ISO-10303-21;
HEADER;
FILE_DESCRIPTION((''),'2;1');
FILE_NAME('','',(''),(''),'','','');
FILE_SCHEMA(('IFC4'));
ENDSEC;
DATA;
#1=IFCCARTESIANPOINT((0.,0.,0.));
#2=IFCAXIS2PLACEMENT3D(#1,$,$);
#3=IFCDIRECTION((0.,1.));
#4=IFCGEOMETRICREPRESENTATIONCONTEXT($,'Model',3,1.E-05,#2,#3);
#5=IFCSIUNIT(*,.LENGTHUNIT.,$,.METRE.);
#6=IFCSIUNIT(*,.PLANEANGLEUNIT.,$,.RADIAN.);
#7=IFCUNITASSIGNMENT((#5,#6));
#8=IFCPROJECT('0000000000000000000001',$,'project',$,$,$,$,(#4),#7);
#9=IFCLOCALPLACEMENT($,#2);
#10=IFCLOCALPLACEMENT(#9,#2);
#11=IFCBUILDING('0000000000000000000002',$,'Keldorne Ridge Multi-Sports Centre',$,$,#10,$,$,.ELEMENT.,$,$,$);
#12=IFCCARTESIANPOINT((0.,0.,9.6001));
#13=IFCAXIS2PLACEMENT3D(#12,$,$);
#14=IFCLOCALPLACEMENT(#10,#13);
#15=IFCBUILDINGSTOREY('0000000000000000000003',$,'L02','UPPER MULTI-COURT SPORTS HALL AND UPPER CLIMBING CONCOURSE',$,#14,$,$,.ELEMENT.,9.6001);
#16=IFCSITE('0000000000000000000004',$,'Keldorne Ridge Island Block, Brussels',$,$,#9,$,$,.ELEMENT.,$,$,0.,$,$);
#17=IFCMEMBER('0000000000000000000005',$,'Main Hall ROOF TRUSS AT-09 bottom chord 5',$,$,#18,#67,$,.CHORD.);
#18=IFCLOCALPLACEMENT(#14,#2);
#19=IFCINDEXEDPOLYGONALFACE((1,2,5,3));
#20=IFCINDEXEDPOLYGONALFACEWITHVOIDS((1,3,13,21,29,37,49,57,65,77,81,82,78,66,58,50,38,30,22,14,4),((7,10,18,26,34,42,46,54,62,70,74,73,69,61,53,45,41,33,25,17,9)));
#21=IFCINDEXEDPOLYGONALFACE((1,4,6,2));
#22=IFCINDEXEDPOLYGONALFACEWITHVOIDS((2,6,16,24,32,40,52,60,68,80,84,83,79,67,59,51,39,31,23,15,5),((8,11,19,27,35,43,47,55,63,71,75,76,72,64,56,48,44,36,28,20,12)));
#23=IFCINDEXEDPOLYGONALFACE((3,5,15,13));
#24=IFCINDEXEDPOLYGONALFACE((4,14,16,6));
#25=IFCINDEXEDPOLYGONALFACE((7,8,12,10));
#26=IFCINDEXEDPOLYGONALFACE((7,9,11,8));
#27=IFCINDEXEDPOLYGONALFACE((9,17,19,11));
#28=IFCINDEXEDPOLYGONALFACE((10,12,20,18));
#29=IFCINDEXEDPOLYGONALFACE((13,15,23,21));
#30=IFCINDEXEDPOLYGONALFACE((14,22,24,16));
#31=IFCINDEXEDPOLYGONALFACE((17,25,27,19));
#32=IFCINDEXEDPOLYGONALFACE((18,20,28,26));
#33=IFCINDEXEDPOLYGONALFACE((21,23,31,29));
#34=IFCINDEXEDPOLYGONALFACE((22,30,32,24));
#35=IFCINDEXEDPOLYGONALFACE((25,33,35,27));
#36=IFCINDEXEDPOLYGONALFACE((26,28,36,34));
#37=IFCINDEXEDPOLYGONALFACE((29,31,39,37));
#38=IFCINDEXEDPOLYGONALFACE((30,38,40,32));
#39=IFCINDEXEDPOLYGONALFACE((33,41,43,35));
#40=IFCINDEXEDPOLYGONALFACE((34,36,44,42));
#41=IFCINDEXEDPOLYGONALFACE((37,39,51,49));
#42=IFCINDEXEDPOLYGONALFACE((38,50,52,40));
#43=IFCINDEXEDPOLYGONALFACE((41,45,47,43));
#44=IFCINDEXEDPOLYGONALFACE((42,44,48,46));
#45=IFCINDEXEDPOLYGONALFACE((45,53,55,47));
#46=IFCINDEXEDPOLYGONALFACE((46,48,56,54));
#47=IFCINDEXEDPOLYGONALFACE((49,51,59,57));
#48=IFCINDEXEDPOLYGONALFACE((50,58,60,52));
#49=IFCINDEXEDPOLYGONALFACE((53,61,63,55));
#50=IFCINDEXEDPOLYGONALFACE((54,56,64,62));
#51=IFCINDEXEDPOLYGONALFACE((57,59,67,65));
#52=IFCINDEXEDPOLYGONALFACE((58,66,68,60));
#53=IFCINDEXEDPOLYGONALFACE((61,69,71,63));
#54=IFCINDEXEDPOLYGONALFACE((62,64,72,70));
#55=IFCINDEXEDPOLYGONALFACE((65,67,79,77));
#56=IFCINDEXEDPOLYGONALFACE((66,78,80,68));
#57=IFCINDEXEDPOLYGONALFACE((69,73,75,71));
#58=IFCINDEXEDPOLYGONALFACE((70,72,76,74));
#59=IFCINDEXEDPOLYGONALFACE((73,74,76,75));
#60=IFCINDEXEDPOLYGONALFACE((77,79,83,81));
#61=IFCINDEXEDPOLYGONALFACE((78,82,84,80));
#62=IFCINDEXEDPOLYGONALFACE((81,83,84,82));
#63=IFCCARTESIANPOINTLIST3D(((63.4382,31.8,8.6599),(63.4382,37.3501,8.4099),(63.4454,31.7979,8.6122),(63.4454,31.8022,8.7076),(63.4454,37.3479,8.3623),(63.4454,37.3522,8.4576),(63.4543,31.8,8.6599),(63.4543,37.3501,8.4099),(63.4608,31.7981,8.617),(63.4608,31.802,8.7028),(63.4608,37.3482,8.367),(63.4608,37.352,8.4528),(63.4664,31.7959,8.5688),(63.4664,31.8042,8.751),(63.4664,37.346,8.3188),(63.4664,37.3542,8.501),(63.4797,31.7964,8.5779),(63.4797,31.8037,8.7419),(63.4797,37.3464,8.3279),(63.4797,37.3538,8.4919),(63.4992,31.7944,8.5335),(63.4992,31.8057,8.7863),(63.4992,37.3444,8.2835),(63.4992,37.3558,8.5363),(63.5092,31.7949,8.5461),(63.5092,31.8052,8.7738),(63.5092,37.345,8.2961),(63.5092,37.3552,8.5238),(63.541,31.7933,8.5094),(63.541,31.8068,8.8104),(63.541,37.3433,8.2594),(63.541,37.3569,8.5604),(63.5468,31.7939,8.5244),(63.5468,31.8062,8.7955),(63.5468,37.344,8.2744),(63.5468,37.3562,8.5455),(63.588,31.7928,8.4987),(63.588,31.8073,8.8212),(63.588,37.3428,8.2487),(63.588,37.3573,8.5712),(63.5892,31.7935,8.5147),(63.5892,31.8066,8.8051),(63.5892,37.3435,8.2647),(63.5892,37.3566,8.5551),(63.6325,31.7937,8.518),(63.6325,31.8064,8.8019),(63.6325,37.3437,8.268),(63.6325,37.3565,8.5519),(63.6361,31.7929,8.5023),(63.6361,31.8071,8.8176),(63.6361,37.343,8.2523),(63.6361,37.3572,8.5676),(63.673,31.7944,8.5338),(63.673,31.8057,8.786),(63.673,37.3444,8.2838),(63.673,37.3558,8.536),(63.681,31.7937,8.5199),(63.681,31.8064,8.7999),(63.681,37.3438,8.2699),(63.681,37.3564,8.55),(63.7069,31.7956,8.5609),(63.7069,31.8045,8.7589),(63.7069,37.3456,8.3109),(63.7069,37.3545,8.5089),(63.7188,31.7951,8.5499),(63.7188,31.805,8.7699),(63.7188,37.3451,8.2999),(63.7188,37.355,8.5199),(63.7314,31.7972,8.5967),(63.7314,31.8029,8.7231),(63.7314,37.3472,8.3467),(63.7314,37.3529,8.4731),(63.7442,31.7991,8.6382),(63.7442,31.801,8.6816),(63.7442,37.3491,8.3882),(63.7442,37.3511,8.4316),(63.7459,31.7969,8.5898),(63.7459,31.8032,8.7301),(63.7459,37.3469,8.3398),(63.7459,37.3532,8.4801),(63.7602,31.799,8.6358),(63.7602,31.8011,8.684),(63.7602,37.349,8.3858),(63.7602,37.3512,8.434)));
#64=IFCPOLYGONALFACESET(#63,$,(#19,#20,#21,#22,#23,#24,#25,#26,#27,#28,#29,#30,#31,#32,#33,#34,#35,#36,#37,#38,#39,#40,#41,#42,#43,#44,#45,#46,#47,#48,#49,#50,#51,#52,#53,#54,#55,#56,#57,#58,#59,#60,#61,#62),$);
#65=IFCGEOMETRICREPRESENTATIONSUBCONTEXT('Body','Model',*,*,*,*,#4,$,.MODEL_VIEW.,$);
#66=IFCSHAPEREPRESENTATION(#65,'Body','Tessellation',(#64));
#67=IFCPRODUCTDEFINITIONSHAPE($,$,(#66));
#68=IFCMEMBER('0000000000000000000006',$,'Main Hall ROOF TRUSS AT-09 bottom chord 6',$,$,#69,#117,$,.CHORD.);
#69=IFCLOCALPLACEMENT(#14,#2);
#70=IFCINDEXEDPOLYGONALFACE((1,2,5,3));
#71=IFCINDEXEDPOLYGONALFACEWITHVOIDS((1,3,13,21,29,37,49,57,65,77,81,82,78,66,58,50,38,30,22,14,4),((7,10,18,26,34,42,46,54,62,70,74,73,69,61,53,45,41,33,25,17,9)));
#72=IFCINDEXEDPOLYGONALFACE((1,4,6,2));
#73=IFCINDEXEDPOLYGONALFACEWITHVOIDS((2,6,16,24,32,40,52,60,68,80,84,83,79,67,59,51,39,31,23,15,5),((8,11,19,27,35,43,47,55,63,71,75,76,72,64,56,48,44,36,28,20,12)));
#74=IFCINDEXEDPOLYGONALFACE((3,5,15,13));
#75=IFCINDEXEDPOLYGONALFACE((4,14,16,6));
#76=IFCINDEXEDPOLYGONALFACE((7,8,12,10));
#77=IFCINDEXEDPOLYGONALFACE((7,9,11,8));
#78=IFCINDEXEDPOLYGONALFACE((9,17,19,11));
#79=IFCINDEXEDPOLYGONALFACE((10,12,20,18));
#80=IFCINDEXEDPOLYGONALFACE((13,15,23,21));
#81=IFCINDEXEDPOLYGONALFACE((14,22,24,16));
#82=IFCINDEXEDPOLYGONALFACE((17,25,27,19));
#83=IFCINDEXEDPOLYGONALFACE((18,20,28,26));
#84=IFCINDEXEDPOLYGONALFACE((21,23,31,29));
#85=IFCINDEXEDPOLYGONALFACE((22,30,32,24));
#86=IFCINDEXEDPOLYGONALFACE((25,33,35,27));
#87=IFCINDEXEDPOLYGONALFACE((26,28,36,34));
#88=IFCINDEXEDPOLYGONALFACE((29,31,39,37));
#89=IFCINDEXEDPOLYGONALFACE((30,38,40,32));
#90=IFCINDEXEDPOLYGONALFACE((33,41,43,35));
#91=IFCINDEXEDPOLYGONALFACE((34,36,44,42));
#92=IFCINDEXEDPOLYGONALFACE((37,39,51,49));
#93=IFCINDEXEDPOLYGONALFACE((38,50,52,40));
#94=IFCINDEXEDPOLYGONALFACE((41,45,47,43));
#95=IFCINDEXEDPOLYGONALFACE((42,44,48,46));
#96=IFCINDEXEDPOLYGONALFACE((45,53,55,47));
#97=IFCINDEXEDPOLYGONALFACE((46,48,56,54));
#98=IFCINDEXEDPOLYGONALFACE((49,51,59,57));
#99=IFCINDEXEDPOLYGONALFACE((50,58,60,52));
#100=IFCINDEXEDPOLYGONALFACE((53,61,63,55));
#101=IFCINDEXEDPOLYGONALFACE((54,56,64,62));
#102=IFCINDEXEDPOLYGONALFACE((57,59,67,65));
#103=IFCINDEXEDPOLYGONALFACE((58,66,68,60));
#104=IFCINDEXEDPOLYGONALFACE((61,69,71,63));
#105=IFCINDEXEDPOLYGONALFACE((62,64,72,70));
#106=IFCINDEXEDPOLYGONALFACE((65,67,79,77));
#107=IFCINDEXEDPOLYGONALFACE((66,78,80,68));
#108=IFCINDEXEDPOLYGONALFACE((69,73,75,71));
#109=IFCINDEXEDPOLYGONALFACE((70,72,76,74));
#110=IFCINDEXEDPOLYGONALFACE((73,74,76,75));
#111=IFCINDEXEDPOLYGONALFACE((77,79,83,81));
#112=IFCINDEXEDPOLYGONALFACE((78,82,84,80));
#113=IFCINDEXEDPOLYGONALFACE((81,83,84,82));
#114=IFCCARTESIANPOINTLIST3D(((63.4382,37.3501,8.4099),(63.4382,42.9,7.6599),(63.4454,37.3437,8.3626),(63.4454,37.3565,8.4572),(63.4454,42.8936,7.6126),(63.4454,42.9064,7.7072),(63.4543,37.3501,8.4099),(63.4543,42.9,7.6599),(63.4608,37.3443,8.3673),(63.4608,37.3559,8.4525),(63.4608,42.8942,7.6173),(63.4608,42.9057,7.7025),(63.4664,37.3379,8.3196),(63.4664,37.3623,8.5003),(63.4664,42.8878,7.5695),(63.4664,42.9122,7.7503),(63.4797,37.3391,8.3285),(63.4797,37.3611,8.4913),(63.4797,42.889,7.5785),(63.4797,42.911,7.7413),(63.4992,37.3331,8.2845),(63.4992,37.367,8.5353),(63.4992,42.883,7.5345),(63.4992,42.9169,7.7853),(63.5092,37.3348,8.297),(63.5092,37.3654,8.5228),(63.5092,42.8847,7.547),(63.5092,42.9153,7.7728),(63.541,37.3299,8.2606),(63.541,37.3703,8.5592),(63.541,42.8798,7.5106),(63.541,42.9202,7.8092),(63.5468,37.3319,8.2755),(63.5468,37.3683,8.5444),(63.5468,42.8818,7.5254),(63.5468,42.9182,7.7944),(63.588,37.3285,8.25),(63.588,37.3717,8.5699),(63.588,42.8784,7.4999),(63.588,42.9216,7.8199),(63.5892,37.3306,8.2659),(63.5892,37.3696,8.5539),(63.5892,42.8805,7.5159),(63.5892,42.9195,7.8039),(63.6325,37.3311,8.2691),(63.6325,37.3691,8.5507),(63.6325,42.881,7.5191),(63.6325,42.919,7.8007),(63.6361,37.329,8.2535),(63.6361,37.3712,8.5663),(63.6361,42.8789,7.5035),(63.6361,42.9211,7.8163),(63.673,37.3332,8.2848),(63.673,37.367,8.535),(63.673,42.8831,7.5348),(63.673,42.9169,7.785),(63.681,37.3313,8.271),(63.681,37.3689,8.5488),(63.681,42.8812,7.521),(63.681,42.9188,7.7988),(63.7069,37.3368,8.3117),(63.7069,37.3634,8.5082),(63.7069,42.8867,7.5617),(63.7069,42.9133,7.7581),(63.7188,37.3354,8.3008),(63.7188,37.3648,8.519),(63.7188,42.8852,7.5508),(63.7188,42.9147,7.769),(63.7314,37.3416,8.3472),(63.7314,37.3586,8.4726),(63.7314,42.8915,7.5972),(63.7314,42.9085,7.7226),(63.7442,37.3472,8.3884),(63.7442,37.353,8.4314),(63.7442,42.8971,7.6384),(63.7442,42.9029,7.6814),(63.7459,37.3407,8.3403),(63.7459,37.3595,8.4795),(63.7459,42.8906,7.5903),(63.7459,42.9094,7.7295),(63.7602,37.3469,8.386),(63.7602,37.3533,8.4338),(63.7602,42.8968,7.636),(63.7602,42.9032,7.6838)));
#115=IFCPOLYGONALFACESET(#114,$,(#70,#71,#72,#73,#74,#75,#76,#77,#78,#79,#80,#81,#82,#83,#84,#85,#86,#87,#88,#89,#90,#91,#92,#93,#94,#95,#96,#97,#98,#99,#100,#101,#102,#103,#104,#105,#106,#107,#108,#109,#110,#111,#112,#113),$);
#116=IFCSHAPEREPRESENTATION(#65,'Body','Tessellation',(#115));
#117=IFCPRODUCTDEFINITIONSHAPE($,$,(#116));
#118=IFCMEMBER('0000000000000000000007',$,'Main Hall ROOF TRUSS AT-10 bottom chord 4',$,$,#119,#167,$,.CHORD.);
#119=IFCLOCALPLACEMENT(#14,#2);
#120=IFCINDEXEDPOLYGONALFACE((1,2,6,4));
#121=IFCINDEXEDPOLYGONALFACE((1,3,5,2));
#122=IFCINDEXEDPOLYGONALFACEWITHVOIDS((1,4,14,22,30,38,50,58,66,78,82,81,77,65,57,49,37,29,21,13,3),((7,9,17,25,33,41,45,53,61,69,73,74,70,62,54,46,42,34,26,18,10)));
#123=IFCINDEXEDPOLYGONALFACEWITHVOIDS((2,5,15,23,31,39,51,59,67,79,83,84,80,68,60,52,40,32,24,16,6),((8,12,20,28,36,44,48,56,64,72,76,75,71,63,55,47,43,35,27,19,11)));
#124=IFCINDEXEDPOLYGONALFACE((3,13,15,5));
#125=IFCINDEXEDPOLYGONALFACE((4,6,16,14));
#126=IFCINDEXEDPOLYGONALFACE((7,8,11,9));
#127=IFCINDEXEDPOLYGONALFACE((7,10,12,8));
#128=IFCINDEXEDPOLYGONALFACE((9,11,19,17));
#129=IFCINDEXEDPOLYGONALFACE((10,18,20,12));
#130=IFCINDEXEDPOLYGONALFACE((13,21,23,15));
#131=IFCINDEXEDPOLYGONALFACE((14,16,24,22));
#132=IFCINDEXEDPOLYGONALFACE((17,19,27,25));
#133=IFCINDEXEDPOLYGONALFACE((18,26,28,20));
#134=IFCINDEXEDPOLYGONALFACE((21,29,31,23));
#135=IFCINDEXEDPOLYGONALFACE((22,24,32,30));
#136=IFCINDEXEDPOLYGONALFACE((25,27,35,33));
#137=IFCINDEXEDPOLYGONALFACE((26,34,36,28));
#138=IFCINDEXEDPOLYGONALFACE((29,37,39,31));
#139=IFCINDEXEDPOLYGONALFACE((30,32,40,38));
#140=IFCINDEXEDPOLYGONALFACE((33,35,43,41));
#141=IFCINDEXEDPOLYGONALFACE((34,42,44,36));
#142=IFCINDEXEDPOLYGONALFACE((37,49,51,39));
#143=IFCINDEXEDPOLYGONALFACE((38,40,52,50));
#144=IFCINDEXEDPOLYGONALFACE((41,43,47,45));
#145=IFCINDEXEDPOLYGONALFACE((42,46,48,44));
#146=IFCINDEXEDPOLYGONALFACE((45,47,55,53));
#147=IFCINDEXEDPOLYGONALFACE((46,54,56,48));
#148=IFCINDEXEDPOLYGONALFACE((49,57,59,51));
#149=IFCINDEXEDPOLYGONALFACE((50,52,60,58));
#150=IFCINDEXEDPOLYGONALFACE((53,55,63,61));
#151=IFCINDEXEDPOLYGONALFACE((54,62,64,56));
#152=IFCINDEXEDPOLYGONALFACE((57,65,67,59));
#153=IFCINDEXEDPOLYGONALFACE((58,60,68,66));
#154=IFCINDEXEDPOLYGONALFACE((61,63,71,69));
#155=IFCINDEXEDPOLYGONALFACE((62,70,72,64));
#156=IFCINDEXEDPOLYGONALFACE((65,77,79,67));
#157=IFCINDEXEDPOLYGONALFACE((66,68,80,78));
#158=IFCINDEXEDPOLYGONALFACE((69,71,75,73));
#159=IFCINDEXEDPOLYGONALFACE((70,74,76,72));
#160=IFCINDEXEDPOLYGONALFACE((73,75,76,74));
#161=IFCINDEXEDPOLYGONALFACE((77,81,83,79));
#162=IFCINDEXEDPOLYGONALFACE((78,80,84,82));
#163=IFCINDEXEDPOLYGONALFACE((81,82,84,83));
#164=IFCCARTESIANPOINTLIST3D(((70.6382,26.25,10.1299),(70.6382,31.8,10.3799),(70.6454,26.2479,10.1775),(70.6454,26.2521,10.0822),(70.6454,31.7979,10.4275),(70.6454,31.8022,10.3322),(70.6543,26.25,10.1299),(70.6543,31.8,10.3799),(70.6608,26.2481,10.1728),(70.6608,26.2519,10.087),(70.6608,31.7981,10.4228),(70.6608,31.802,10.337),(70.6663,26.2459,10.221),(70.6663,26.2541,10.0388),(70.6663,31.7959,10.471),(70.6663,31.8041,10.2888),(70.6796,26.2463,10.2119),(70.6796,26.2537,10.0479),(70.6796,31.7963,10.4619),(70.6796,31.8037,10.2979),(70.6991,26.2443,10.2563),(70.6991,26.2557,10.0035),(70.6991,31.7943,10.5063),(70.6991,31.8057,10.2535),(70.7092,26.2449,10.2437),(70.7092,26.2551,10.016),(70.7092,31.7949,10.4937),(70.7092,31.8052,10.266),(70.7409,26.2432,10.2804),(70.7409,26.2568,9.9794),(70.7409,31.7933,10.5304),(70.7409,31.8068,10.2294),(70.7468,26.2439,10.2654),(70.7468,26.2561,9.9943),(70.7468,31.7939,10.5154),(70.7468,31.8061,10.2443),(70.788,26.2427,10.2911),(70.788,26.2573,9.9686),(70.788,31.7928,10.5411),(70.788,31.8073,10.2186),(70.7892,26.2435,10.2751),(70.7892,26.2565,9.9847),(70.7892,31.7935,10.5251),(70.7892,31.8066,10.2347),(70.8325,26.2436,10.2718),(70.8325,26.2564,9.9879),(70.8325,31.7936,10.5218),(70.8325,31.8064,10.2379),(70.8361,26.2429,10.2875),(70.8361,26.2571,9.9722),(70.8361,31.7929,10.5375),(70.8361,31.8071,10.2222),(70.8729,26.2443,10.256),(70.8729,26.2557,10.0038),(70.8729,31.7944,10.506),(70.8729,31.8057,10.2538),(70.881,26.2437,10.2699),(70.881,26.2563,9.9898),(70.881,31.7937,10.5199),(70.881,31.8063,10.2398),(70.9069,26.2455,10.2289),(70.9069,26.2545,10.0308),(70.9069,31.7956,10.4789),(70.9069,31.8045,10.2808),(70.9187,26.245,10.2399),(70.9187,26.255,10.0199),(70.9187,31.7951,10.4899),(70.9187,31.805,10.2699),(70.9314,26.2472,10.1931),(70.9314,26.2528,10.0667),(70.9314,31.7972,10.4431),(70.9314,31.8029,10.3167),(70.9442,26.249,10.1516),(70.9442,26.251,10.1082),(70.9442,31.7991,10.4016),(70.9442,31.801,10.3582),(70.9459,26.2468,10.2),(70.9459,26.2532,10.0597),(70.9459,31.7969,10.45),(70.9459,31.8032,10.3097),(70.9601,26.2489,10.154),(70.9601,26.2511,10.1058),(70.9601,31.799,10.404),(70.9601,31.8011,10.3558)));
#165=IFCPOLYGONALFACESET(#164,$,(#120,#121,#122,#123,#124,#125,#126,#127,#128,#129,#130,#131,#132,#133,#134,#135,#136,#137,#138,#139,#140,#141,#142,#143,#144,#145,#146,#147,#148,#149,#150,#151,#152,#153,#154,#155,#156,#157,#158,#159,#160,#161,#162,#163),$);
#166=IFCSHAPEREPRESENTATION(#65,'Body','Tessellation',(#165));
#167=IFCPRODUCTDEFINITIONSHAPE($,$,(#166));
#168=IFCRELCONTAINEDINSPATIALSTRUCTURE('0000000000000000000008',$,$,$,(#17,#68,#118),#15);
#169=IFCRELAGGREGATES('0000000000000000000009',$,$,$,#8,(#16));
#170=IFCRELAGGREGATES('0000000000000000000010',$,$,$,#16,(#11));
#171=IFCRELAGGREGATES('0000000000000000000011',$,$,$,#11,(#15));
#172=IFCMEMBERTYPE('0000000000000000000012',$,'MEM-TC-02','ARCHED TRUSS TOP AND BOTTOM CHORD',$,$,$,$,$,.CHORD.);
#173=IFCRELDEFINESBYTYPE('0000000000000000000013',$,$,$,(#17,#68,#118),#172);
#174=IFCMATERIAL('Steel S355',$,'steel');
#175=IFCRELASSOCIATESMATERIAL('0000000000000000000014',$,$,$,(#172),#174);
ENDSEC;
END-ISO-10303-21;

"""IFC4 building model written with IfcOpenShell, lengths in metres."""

from ifc_helpers import new_model, si_unit, direction, frame, origin, origin_2d, place, context, subcontext, project, spatial, hollow_circle, extrude, material, material_profile, profile_set, type_object, element, save


model = new_model("IFC4")

# Units and contexts
model_context = context("Model", 3, precision=1e-05, world=origin(), true_north=direction((0.0, 1.0)))
body_context = subcontext(model_context, "Body", "Model", "MODEL_VIEW")
ifc_project = project(units=[si_unit("LENGTHUNIT", "METRE"), si_unit("PLANEANGLEUNIT", "RADIAN")], contexts=[model_context])

# Site, building, storey
site_placement = place(None, origin())
site = spatial("IfcSite", under=ifc_project, at=site_placement, Name="Keldorne Ridge Island Block, Brussels", CompositionType="ELEMENT", RefElevation=0.0)
building_placement = place(site_placement, origin())
building = spatial("IfcBuilding", under=site, at=building_placement, Name="Keldorne Ridge Multi-Sports Centre", CompositionType="ELEMENT")
storey_placement = place(building_placement, frame((0.0, 0.0, 9.6001)))
storey = spatial("IfcBuildingStorey", under=building, at=storey_placement, Name="L02", Description="UPPER MULTI-COURT SPORTS HALL AND UPPER CLIMBING CONCOURSE", CompositionType="ELEMENT", Elevation=9.6001)

# Shared definitions
ifc_material = material(Name="Steel S355", Category="steel")

# Members
ifc_material_profile_1 = material_profile(ifc_material, hollow_circle(Radius=0.1619, WallThickness=0.0161, at=origin_2d()), Name="CHS 323.9x16")
ifc_profile_set_1 = profile_set([ifc_material_profile_1], Name="Steel S355")
member_type_1 = type_object("IfcMemberType", Name="MEM-TC-02", Description="ARCHED TRUSS TOP AND BOTTOM CHORD", PredefinedType="CHORD", material=ifc_profile_set_1)
member_1_placement = place(storey_placement, frame((63.6001, 31.8, 8.6599), z_axis=(0.0, 0.998987, -0.044999), x_axis=(-1.0, 0.0, 0.0)))
element("IfcMember", 1, at=member_1_placement, inside=storey, type_object=member_type_1, Name="Main Hall ROOF TRUSS AT-09 bottom chord 5", PredefinedType="CHORD", context=body_context, shape_type="SweptSolid", body=[
    extrude(hollow_circle(Radius=0.1619, WallThickness=0.0161, at=origin_2d()), origin(), (0.0, 0.0, 1.0), 5.5557),
])
member_2_placement = place(storey_placement, frame((63.6001, 37.3501, 8.4099), z_axis=(0.0, 0.990992, -0.133923), x_axis=(-1.0, 0.0, 0.0)))
element("IfcMember", 2, at=member_2_placement, inside=storey, type_object=member_type_1, Name="Main Hall ROOF TRUSS AT-09 bottom chord 6", PredefinedType="CHORD", context=body_context, shape_type="SweptSolid", body=[
    extrude(hollow_circle(Radius=0.1619, WallThickness=0.0161, at=origin_2d()), origin(), (0.0, 0.0, 1.0), 5.6003),
])
for number, where, z_axis, x_axis, name in (
    (3, (70.8, 26.25, 10.1299), (0.0, 0.998987, 0.044999), (-1.0, 0.0, 0.0), "Main Hall ROOF TRUSS AT-10 bottom chord 4"),
):
    element("IfcMember", number, at=place(storey_placement, frame(where, z_axis=z_axis, x_axis=x_axis)), inside=storey, type_object=member_type_1, Name=name, PredefinedType="CHORD", context=body_context, shape_type="SweptSolid", body=[
        extrude(hollow_circle(Radius=0.1619, WallThickness=0.0161, at=origin_2d()), origin(), (0.0, 0.0, 1.0), 5.5557),
    ])

save(model, "model.ifc")
